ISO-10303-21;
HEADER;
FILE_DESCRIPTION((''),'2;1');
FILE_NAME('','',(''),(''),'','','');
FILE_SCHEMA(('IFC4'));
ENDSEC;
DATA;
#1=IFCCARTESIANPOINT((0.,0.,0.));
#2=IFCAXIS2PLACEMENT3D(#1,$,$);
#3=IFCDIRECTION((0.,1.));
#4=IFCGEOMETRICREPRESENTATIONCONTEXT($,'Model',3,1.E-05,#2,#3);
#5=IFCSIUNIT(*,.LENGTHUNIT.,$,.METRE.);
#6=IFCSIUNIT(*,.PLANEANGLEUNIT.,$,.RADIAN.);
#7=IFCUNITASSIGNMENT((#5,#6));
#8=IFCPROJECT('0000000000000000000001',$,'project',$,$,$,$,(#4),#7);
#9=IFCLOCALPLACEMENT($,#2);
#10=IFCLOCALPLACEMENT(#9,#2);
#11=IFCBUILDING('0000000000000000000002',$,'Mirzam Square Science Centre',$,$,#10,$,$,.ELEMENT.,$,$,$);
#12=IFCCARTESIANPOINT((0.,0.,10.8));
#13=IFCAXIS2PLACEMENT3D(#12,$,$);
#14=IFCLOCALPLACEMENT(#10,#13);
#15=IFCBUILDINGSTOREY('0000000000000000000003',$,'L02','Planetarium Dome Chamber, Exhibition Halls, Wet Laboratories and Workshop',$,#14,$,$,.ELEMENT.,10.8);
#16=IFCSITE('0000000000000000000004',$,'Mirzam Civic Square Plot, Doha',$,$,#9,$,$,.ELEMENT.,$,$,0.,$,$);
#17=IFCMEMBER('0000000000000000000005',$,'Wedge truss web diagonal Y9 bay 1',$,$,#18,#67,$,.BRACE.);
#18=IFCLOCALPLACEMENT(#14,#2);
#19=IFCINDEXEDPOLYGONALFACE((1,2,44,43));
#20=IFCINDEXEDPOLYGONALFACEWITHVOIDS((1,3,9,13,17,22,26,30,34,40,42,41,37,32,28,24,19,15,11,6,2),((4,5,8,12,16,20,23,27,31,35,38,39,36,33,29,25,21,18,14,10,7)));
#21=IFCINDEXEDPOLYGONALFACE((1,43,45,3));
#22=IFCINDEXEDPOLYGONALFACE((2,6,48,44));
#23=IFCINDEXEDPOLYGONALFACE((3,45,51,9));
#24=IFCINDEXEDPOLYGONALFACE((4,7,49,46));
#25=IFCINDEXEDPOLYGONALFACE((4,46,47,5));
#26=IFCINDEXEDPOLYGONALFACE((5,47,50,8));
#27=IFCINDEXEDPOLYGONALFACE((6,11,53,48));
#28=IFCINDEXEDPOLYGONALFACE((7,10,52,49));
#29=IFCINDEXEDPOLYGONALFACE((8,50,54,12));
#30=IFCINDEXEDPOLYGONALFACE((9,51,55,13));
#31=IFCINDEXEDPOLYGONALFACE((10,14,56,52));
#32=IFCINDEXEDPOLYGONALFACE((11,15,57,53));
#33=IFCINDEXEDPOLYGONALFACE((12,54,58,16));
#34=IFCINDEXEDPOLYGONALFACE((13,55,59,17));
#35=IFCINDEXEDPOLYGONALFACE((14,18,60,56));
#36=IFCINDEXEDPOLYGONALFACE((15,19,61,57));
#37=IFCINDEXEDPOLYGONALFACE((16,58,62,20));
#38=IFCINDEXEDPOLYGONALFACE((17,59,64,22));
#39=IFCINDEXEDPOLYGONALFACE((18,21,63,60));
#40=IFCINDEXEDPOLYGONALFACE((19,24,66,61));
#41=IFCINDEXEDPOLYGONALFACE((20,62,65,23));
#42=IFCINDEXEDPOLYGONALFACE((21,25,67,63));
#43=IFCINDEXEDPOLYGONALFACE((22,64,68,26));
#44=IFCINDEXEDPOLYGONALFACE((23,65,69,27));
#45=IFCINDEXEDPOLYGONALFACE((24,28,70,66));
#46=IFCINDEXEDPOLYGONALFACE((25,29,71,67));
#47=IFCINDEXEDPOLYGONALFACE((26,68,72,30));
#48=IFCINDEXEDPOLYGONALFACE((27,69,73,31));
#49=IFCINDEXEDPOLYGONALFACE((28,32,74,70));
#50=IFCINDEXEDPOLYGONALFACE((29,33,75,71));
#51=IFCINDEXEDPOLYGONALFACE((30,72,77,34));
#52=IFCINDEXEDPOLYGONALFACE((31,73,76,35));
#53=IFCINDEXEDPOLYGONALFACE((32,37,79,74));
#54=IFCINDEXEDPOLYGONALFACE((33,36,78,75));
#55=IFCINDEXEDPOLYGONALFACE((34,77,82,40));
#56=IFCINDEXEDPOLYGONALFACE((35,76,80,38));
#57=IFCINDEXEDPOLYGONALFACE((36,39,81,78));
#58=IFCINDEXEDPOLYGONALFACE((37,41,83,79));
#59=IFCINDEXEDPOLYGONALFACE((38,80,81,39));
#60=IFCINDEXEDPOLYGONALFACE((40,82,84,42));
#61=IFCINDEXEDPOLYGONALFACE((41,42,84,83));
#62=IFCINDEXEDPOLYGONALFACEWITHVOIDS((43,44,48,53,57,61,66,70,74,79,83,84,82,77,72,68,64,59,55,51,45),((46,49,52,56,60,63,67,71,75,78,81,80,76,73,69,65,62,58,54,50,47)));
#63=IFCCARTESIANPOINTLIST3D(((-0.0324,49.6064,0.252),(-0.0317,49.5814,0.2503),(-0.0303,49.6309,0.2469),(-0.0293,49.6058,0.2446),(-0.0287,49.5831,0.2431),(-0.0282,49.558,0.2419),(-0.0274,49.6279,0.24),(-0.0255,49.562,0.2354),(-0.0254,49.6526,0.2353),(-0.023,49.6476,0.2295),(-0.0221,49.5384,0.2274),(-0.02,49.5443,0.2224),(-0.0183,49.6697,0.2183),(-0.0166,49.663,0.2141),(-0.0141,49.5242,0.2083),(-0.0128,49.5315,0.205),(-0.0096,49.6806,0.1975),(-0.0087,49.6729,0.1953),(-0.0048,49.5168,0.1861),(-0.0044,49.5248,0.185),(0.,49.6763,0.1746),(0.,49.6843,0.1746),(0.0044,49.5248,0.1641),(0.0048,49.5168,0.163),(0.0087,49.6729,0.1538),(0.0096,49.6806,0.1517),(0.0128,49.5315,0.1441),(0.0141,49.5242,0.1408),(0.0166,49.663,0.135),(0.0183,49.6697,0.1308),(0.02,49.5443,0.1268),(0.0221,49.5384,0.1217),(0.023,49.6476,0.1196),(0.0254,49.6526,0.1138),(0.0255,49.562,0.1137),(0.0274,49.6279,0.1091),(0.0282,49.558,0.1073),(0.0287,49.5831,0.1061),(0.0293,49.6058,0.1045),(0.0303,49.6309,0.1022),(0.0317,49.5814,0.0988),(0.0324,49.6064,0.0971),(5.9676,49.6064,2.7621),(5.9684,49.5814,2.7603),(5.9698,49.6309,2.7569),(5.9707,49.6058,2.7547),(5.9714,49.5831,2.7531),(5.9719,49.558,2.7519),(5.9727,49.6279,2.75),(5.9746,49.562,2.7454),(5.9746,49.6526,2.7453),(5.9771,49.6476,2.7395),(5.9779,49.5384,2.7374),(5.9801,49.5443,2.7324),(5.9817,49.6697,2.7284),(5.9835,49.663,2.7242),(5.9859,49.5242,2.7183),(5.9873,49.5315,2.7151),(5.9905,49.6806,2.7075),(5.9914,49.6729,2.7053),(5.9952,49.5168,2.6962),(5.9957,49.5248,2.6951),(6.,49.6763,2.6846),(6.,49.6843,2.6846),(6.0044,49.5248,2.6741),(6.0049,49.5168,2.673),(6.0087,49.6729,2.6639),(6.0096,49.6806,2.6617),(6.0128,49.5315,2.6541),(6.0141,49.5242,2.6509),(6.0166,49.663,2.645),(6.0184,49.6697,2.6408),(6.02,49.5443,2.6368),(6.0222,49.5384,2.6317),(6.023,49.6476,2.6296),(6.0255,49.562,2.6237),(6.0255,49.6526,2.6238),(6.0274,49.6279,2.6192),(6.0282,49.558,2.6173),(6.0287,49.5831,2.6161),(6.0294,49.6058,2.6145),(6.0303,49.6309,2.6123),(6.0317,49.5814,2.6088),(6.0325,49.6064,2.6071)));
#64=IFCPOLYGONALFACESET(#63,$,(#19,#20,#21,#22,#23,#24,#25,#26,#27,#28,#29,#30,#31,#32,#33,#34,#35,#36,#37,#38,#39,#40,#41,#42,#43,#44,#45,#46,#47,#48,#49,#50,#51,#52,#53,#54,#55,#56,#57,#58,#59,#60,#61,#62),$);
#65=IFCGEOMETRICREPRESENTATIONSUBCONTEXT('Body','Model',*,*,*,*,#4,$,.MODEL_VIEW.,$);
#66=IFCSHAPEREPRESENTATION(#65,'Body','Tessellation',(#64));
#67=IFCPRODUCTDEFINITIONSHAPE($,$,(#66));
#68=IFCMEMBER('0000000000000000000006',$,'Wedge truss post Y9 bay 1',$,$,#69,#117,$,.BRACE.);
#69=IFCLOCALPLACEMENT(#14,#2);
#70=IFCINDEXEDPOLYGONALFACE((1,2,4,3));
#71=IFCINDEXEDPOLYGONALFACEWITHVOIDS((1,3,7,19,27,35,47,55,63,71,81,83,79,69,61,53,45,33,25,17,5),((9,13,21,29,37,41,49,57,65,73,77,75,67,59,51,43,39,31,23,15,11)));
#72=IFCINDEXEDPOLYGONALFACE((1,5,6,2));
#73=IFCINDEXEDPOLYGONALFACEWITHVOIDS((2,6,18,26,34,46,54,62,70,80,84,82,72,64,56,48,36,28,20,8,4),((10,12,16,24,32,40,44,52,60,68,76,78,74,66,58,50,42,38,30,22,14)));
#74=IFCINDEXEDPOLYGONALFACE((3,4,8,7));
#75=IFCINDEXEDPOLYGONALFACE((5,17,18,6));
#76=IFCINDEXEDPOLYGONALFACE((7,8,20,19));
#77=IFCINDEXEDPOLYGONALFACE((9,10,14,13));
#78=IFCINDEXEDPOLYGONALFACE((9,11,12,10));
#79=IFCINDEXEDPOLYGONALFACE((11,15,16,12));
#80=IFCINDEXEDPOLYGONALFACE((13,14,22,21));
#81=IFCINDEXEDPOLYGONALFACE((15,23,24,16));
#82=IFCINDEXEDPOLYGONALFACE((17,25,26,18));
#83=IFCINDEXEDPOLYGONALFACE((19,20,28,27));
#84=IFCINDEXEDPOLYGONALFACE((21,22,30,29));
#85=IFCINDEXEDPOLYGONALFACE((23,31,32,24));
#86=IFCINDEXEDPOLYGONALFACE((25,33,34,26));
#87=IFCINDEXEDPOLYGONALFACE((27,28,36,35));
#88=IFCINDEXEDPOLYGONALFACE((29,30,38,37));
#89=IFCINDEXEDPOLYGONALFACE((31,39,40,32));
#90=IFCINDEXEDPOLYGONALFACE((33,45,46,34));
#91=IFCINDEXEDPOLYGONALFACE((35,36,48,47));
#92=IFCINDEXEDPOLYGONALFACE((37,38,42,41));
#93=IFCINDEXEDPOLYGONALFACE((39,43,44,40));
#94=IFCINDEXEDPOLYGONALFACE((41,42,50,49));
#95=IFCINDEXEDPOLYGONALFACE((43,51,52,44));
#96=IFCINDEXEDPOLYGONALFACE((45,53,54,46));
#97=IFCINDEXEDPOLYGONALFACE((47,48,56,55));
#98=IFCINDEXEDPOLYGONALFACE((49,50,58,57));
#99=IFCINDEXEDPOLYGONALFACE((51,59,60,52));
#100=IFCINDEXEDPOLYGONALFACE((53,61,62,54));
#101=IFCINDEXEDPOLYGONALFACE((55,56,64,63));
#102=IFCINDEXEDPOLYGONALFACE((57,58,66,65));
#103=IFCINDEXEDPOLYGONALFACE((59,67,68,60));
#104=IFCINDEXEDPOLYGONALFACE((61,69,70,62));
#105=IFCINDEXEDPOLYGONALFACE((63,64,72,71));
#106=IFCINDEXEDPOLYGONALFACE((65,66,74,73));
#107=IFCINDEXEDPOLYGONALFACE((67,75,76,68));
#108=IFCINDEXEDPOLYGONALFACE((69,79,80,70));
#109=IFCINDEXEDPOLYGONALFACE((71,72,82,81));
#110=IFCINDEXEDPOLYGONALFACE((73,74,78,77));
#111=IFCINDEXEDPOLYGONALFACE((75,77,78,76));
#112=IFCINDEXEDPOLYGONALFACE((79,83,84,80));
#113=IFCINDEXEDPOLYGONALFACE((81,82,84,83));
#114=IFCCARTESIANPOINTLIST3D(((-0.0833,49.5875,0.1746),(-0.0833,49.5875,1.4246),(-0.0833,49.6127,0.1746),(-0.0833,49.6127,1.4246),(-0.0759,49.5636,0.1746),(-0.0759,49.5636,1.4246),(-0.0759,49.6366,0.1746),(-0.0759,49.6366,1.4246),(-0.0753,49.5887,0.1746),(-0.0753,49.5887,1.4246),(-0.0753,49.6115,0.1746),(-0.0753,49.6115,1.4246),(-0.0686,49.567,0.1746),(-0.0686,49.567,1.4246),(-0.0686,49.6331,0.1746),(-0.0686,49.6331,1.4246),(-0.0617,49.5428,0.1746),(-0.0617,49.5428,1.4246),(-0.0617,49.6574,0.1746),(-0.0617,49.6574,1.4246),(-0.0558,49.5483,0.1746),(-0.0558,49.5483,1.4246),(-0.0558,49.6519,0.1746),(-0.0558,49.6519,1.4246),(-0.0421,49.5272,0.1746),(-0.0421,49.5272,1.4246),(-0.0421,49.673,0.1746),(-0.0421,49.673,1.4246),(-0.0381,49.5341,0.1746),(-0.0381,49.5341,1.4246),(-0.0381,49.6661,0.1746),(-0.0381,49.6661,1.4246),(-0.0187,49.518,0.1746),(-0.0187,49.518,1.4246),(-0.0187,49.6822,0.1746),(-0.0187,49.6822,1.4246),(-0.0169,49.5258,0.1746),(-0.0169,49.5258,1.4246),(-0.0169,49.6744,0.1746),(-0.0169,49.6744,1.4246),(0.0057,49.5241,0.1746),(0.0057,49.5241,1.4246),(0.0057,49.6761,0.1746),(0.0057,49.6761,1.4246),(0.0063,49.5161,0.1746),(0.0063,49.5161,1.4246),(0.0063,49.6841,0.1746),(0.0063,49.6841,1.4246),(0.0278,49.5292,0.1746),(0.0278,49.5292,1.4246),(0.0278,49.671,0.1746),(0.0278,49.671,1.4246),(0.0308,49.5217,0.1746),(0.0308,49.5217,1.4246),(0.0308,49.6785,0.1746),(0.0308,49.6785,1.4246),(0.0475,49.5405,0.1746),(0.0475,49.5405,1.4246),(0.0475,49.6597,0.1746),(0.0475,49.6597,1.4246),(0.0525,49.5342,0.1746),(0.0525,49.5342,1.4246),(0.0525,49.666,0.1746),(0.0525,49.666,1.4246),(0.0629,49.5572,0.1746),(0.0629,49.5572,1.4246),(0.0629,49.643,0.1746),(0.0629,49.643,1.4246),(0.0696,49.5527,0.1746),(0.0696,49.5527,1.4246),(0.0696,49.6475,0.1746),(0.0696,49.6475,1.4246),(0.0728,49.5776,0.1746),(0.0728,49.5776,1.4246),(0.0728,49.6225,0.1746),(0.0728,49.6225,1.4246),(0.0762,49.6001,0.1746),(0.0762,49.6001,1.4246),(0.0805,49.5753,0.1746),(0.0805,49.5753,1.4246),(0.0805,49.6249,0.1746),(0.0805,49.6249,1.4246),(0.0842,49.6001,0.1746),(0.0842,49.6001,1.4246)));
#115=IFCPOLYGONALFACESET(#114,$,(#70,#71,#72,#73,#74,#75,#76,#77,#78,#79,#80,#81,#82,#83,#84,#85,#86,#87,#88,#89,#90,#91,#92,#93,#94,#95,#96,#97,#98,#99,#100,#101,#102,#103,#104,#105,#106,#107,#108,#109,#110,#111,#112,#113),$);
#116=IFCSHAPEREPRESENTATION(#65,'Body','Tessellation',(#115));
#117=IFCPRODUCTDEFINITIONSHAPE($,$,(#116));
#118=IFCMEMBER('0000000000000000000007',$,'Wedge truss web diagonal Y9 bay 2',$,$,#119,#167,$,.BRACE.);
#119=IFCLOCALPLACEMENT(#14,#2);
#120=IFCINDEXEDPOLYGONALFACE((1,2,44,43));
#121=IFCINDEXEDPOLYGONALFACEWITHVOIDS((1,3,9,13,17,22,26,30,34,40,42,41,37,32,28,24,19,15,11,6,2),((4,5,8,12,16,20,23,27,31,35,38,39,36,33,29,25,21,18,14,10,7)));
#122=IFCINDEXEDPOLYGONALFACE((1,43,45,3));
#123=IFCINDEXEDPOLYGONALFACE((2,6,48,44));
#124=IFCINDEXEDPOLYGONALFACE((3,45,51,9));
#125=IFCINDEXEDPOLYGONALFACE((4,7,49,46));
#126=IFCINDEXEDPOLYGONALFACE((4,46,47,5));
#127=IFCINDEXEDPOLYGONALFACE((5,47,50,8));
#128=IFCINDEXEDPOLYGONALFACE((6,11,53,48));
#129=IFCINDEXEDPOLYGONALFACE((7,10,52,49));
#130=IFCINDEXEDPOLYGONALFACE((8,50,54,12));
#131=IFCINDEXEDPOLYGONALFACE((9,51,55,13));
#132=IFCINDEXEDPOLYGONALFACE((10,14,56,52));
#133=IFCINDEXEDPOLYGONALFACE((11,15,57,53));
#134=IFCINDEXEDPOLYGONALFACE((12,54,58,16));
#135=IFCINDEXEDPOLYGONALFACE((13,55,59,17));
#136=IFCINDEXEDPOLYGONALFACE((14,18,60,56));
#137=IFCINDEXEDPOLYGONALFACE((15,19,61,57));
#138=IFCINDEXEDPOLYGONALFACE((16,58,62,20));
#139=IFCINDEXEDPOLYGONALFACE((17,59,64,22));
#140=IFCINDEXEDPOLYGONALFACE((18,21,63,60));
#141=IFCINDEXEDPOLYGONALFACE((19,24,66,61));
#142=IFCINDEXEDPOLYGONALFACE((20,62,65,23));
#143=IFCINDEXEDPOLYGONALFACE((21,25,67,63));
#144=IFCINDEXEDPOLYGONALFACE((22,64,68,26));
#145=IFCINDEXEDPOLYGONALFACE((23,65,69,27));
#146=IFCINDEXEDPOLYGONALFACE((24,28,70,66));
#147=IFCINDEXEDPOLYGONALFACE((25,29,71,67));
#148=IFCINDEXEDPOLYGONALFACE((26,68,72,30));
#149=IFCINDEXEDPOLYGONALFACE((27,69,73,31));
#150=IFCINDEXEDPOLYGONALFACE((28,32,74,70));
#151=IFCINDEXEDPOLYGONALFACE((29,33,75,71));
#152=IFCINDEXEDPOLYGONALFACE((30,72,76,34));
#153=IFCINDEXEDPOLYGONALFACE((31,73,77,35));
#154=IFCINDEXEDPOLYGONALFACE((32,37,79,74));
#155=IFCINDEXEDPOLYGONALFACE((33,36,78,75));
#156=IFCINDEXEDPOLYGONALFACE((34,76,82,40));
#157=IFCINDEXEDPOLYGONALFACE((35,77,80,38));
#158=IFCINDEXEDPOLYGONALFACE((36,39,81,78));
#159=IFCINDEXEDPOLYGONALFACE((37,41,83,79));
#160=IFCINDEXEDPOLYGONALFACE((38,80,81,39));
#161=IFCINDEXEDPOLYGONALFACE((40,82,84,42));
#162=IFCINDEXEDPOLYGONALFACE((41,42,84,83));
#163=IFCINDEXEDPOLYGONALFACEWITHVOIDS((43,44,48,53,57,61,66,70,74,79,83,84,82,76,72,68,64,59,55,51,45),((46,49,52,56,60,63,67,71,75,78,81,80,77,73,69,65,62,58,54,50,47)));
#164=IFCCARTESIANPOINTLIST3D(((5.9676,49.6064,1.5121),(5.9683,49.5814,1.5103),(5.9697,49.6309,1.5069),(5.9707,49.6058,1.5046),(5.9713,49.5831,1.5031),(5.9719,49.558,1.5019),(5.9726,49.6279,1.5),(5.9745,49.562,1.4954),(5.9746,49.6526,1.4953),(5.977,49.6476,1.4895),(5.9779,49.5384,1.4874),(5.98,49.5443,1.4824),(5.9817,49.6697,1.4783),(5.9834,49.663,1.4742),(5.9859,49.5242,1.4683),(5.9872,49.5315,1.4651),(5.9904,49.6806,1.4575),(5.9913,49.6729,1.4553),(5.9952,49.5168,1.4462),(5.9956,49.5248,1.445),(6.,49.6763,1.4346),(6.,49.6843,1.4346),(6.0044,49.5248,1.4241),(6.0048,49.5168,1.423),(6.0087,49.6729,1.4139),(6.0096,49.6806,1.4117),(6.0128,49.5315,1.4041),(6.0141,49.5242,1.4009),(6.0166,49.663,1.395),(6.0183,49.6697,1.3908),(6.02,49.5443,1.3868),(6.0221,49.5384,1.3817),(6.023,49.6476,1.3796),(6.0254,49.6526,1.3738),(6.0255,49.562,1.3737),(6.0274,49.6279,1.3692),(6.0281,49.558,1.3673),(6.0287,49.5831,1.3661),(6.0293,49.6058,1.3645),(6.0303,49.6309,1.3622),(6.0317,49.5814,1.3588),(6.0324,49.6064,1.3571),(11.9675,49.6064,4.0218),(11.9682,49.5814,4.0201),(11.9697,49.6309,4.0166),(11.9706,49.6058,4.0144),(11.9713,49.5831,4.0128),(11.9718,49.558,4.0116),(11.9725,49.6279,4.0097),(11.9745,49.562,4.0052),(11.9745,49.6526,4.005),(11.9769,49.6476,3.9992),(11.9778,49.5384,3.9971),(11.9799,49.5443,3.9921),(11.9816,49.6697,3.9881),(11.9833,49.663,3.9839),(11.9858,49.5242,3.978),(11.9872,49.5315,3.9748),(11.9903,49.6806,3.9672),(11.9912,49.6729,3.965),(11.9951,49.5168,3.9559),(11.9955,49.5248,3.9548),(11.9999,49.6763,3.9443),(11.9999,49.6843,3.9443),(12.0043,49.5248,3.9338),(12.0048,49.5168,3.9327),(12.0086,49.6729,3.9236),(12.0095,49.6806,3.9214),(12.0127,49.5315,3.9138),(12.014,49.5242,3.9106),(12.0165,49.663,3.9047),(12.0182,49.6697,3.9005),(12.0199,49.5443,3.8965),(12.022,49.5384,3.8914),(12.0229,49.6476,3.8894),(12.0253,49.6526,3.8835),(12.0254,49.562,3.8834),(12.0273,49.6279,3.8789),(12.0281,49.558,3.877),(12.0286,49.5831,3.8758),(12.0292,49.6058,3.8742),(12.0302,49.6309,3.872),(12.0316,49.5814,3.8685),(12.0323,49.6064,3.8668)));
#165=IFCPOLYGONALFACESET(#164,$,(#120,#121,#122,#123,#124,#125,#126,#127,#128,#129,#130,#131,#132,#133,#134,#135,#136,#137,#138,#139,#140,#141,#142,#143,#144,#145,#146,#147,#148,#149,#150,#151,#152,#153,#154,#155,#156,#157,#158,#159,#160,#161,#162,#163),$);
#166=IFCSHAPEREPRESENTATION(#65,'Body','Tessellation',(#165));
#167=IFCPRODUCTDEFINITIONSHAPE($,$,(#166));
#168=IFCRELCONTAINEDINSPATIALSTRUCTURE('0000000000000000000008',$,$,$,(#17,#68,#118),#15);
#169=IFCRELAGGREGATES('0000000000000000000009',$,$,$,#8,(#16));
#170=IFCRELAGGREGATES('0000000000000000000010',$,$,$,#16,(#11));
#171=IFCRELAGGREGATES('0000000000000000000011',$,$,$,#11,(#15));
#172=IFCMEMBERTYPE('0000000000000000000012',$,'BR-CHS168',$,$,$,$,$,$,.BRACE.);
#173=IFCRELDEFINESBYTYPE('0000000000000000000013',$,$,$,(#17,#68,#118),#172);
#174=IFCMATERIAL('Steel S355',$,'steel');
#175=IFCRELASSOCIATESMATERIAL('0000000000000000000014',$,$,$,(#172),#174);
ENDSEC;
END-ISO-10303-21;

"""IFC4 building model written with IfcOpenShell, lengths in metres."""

from ifc_helpers import new_model, si_unit, direction, frame, origin, origin_2d, place, context, subcontext, project, spatial, hollow_circle, extrude, material, material_profile, profile_set, type_object, element, save


model = new_model("IFC4")

# Units and contexts
model_context = context("Model", 3, precision=1e-05, world=origin(), true_north=direction((0.0, 1.0)))
body_context = subcontext(model_context, "Body", "Model", "MODEL_VIEW")
ifc_project = project(units=[si_unit("LENGTHUNIT", "METRE"), si_unit("PLANEANGLEUNIT", "RADIAN")], contexts=[model_context])

# Site, building, storey
site_placement = place(None, origin())
site = spatial("IfcSite", under=ifc_project, at=site_placement, Name="Mirzam Civic Square Plot, Doha", CompositionType="ELEMENT", RefElevation=0.0)
building_placement = place(site_placement, origin())
building = spatial("IfcBuilding", under=site, at=building_placement, Name="Mirzam Square Science Centre", CompositionType="ELEMENT")
storey_placement = place(building_placement, frame((0.0, 0.0, 10.8)))
storey = spatial("IfcBuildingStorey", under=building, at=storey_placement, Name="L02", Description="Planetarium Dome Chamber, Exhibition Halls, Wet Laboratories and Workshop", CompositionType="ELEMENT", Elevation=10.8)

# Shared definitions
ifc_material_1 = material(Name="Steel S355", Category="steel")

# Members
ifc_material_profile_1 = material_profile(ifc_material_1, hollow_circle(Radius=0.0842, WallThickness=0.0081, at=origin_2d()), Name="168.3x8.0CHS")
ifc_profile_set_1 = profile_set([ifc_material_profile_1], Name="Steel S355")
member_type_1 = type_object("IfcMemberType", Name="BR-CHS168", PredefinedType="BRACE", material=ifc_profile_set_1)
member_1_placement = place(storey_placement, frame((0.0, 49.6001, 0.1746), z_axis=(0.92253, 0.0, 0.385926), x_axis=(0.0, 1.0, 0.0)))
element("IfcMember", 1, at=member_1_placement, inside=storey, type_object=member_type_1, Name="Wedge truss web diagonal Y9 bay 1", PredefinedType="BRACE", context=body_context, shape_type="SweptSolid", body=[
    extrude(hollow_circle(Radius=0.0842, WallThickness=0.0081, at=origin_2d()), origin(), (0.0, 0.0, 1.0), 6.5039),
])
member_2_placement = place(storey_placement, frame((0.0, 49.6001, 0.1746), z_axis=(0.0, 0.0, 1.0), x_axis=(1.0, 0.0, 0.0)))
element("IfcMember", 2, at=member_2_placement, inside=storey, type_object=member_type_1, Name="Wedge truss post Y9 bay 1", PredefinedType="BRACE", context=body_context, shape_type="SweptSolid", body=[
    extrude(hollow_circle(Radius=0.0842, WallThickness=0.0081, at=origin_2d()), origin(), (0.0, 0.0, 1.0), 1.25),
])
member_3_placement = place(storey_placement, frame((6.0, 49.6001, 1.4346), z_axis=(0.922543, 0.0, 0.385894), x_axis=(0.0, 1.0, 0.0)))
element("IfcMember", 3, at=member_3_placement, inside=storey, type_object=member_type_1, Name="Wedge truss web diagonal Y9 bay 2", PredefinedType="BRACE", context=body_context, shape_type="SweptSolid", body=[
    extrude(hollow_circle(Radius=0.0842, WallThickness=0.0081, at=origin_2d()), origin(), (0.0, 0.0, 1.0), 6.5037),
])

save(model, "model.ifc")
